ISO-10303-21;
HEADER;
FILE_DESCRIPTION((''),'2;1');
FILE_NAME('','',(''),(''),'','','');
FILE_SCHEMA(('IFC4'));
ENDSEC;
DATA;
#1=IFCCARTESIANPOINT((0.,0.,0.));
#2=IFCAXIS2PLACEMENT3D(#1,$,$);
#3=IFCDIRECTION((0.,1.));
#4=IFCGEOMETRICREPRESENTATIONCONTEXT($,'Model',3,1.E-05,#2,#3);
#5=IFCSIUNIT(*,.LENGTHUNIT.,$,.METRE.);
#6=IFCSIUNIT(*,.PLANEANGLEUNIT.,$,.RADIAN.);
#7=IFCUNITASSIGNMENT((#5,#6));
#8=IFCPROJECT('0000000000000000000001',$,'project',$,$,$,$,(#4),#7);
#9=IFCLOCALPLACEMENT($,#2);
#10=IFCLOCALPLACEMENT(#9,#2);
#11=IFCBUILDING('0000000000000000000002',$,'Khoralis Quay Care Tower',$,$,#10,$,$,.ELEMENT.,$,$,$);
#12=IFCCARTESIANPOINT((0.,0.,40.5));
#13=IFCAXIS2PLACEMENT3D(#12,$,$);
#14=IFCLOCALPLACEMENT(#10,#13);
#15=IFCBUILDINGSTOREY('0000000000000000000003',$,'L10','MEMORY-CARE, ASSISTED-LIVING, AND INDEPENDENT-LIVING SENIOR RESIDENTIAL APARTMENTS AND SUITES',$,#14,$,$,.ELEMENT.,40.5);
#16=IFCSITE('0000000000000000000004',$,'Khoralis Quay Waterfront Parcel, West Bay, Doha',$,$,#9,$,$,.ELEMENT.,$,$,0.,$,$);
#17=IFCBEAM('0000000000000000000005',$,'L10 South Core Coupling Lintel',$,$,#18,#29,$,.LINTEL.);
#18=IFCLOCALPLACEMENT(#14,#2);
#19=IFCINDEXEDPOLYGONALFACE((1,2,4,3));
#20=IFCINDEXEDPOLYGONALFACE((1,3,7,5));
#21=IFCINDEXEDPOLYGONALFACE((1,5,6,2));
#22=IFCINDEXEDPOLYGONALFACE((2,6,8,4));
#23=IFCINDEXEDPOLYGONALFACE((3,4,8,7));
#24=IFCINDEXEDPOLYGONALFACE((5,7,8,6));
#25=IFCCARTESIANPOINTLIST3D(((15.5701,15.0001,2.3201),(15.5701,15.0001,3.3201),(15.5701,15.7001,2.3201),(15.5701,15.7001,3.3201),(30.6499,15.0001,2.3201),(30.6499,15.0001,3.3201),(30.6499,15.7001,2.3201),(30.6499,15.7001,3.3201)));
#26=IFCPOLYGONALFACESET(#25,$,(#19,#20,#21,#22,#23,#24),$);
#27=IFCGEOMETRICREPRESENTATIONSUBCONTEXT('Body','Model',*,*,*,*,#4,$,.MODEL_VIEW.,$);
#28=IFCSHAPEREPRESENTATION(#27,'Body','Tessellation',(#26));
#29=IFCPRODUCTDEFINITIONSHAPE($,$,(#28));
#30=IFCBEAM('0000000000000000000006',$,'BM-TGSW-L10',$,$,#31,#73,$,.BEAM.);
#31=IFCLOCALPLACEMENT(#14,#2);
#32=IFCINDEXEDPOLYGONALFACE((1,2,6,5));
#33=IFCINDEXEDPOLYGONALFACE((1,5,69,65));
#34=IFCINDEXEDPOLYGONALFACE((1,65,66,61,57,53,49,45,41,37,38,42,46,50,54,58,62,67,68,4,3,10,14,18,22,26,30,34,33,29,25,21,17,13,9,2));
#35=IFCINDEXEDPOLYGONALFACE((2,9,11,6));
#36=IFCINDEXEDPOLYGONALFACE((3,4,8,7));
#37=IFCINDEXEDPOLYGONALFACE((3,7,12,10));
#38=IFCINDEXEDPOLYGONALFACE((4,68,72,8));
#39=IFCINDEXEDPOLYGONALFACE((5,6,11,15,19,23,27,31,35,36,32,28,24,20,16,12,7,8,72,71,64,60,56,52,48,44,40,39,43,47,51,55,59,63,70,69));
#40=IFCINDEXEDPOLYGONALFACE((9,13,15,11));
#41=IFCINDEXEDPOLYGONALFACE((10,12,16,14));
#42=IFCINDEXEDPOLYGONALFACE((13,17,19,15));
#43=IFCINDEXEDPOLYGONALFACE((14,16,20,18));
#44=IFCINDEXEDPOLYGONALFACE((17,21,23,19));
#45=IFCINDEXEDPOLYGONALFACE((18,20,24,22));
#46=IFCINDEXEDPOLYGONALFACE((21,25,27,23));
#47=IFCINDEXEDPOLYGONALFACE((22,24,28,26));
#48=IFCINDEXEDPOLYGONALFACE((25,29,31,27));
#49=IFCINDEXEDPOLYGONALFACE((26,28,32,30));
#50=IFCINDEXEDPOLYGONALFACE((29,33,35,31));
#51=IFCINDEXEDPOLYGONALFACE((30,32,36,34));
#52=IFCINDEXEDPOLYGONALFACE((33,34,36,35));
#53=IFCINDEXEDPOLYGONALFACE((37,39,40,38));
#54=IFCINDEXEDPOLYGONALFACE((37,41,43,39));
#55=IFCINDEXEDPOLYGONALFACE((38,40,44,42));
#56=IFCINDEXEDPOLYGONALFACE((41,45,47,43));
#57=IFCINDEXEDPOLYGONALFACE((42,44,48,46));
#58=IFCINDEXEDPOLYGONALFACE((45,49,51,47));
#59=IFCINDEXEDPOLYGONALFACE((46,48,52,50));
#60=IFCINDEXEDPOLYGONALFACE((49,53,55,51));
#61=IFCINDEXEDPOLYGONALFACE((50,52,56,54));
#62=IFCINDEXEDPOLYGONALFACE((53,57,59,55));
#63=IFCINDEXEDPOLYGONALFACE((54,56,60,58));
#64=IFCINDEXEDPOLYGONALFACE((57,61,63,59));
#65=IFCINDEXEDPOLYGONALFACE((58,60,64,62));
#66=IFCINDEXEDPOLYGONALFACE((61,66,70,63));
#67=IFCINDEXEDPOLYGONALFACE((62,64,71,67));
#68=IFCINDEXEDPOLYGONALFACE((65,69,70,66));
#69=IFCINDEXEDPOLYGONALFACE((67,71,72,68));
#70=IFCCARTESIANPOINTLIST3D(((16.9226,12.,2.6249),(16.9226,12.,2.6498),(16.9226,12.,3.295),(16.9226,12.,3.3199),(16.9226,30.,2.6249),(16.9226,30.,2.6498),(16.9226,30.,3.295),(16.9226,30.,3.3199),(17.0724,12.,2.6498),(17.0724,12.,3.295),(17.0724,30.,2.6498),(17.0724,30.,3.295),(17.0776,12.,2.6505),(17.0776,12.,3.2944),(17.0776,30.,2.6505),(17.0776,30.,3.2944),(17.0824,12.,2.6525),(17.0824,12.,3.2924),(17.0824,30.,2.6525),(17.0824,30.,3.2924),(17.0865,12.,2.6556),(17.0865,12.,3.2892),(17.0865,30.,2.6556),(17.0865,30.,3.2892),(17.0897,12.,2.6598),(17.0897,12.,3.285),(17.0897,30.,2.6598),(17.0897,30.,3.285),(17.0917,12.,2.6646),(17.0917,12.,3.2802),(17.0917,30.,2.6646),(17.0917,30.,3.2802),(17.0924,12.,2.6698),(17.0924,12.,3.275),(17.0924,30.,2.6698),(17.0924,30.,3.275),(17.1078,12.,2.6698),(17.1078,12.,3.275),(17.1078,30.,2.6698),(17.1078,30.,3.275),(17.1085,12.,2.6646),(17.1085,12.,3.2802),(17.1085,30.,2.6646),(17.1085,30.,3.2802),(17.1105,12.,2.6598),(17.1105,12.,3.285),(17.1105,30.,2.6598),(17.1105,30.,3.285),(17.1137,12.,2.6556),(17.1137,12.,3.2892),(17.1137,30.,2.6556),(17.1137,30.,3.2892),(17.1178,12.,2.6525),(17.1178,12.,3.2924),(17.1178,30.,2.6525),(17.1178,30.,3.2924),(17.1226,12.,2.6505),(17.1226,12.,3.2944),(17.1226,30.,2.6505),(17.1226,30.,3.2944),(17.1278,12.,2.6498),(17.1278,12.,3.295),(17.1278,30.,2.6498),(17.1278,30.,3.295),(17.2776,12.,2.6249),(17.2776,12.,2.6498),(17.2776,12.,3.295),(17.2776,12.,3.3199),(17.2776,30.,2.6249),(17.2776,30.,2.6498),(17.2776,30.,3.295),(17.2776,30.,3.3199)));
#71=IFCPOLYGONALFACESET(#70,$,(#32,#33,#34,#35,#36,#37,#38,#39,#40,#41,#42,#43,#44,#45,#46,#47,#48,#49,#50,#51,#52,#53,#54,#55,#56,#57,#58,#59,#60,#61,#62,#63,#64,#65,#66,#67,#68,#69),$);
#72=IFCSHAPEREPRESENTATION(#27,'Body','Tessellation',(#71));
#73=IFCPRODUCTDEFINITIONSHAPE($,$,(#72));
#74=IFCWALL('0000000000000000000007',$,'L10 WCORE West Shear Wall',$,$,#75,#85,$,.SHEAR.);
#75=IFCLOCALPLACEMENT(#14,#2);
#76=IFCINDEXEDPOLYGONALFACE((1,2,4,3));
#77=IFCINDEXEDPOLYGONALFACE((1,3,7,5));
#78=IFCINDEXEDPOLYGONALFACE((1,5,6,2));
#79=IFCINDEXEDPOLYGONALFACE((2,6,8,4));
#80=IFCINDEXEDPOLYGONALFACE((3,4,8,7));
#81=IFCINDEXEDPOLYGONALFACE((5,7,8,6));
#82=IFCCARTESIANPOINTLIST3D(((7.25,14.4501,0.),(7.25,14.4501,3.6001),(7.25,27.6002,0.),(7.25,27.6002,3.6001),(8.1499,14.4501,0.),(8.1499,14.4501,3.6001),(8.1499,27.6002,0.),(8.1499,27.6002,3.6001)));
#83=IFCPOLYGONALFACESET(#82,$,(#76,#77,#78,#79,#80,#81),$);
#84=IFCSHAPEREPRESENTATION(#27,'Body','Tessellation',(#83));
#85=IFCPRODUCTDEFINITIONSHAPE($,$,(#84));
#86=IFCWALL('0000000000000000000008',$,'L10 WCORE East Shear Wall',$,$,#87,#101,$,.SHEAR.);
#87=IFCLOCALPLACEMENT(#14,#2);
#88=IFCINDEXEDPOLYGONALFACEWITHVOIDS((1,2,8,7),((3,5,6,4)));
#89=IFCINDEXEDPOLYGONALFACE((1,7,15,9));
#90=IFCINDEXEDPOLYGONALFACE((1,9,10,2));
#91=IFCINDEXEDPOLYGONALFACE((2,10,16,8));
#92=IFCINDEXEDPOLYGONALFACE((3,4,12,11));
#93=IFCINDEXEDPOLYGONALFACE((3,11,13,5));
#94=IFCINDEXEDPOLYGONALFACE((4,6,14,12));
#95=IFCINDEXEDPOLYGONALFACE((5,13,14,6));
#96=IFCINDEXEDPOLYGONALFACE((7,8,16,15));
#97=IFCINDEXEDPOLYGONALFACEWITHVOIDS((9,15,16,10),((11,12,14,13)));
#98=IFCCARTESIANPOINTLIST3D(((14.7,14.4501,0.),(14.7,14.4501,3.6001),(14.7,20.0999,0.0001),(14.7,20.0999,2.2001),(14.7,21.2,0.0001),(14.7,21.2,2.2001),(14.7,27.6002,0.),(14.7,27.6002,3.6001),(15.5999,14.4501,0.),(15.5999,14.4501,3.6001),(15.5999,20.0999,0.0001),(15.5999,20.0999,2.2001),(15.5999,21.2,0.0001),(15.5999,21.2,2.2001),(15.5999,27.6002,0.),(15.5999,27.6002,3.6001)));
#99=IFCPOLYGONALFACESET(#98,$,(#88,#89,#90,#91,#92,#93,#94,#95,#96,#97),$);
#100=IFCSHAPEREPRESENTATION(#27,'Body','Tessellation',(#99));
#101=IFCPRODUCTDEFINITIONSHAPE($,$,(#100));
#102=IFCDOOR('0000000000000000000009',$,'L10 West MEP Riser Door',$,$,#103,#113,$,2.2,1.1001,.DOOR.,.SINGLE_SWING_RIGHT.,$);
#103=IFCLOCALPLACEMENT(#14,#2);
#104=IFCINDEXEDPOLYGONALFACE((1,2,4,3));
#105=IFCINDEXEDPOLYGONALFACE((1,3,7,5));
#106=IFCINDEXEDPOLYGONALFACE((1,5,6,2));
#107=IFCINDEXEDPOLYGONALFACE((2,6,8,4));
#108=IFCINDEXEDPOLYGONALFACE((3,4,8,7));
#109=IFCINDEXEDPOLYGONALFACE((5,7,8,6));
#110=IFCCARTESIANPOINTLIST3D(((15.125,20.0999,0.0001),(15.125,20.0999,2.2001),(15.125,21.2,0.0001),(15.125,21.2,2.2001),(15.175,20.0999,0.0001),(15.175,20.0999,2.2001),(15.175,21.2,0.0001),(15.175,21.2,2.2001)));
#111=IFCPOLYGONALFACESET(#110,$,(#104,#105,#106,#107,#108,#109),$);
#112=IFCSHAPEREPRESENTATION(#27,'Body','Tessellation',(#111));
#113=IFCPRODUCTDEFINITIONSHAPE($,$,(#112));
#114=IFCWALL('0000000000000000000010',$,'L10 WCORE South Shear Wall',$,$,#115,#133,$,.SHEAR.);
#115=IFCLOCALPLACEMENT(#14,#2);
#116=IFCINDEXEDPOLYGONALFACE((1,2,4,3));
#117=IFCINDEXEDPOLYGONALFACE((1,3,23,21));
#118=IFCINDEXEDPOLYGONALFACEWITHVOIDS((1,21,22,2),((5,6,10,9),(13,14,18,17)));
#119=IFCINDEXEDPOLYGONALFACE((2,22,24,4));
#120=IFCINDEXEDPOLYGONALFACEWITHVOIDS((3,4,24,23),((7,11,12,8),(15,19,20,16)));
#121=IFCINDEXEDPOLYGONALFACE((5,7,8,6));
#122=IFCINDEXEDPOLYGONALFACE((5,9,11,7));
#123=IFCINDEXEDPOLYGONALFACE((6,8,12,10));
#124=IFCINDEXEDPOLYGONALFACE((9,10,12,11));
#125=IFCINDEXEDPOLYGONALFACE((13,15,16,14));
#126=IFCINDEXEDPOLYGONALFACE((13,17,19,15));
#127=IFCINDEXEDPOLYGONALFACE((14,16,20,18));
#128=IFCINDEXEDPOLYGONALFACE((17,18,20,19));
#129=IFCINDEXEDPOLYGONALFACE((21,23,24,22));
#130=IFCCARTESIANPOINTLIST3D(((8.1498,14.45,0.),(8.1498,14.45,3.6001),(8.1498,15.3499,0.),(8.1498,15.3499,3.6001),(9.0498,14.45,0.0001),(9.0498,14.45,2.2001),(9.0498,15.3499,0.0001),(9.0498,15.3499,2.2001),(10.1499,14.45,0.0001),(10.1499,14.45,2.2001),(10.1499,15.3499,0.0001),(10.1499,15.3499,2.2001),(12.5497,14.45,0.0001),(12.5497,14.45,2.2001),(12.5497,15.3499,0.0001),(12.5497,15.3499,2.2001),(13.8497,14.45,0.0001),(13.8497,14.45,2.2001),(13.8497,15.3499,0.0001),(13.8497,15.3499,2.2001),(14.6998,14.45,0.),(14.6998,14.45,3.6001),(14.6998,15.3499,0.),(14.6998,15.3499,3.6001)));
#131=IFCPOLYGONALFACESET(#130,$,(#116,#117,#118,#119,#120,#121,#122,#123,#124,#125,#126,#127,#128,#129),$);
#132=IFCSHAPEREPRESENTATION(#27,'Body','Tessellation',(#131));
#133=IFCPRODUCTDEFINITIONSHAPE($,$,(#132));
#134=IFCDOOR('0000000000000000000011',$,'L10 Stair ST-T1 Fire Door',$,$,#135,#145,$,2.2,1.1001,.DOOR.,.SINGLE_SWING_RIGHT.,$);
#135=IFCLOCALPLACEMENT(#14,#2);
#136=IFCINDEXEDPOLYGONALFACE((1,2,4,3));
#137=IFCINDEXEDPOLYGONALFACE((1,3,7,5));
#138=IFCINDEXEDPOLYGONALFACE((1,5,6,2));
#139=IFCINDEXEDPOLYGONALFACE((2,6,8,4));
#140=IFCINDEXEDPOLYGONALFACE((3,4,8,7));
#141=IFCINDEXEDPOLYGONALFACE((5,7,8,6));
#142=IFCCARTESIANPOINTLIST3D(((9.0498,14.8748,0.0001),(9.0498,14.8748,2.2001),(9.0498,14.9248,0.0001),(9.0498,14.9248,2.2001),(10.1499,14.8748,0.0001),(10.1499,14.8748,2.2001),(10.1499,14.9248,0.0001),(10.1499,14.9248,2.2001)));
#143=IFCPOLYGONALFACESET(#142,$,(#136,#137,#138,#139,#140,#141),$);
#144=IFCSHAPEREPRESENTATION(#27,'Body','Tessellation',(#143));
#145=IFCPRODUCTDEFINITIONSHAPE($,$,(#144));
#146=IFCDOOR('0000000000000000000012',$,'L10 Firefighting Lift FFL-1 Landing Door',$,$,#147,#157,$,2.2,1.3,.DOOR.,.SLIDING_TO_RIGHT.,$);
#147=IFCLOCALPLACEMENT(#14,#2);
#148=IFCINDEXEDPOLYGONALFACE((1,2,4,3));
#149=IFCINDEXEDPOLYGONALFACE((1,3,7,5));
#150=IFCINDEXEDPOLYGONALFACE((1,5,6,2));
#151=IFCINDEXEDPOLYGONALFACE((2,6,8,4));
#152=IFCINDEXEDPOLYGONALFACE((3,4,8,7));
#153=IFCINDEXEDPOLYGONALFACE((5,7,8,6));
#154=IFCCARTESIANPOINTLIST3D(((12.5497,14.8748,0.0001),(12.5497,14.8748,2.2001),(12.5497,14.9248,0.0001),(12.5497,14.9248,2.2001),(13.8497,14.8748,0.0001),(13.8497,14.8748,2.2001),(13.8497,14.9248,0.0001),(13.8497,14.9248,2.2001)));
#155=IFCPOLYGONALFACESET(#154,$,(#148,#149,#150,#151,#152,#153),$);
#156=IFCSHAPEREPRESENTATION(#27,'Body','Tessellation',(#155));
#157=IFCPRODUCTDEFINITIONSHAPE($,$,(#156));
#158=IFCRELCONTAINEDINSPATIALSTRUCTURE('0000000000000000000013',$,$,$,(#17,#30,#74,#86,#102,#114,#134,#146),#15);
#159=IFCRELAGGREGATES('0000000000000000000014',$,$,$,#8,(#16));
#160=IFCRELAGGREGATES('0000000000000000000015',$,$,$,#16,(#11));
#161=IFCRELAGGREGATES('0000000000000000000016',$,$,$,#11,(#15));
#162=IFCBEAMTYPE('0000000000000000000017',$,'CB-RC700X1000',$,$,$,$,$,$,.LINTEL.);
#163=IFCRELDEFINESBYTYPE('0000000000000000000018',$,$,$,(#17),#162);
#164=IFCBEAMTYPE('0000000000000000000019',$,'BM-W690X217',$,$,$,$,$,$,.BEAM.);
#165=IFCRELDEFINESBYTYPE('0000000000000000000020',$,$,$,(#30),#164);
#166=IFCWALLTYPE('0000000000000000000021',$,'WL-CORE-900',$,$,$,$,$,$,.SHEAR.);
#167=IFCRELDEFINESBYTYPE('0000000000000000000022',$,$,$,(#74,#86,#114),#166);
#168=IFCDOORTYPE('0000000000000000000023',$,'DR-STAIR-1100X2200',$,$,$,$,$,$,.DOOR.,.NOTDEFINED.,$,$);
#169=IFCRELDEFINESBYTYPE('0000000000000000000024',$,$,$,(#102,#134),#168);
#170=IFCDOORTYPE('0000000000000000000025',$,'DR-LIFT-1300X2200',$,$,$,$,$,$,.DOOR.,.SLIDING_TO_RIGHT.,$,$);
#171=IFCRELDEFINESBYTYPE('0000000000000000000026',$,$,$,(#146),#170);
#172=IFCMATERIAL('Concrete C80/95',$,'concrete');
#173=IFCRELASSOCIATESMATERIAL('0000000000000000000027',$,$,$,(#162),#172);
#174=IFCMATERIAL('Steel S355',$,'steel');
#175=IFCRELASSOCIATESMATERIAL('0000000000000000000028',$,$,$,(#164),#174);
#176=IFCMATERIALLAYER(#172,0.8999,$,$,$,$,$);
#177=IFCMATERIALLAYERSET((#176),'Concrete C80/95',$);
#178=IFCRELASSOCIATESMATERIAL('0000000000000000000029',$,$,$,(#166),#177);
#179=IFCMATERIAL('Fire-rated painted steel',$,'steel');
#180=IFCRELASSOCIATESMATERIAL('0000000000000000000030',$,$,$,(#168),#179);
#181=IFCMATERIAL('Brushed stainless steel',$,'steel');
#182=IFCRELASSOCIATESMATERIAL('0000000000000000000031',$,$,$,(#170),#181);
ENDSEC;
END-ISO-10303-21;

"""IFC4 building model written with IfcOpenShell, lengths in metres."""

from ifc_helpers import new_model, si_unit, direction, frame, frame_2d, origin, origin_2d, place, context, subcontext, project, spatial, rectangle, i_section, extrude, source, transform, mapped, material, layer, layer_set, material_profile, profile_set, type_object, element, fill, save


model = new_model("IFC4")

# Units and contexts
model_context = context("Model", 3, precision=1e-05, world=origin(), true_north=direction((0.0, 1.0)))
body_context = subcontext(model_context, "Body", "Model", "MODEL_VIEW")
ifc_project = project(units=[si_unit("LENGTHUNIT", "METRE"), si_unit("PLANEANGLEUNIT", "RADIAN")], contexts=[model_context])

# Site, building, storey
site_placement = place(None, origin())
site = spatial("IfcSite", under=ifc_project, at=site_placement, Name="Khoralis Quay Waterfront Parcel, West Bay, Doha", CompositionType="ELEMENT", RefElevation=0.0)
building_placement = place(site_placement, origin())
building = spatial("IfcBuilding", under=site, at=building_placement, Name="Khoralis Quay Care Tower", CompositionType="ELEMENT")
storey_placement = place(building_placement, frame((0.0, 0.0, 40.5)))
storey = spatial("IfcBuildingStorey", under=building, at=storey_placement, Name="L10", Description="MEMORY-CARE, ASSISTED-LIVING, AND INDEPENDENT-LIVING SENIOR RESIDENTIAL APARTMENTS AND SUITES", CompositionType="ELEMENT", Elevation=40.5)

# Beams
ifc_material_1 = material(Name="Concrete C80/95", Category="concrete")
ifc_material_profile_1 = material_profile(ifc_material_1, rectangle(XDim=0.7, YDim=1.0, at=origin_2d()), Name="Concrete C80/95")
ifc_profile_set_1 = profile_set([ifc_material_profile_1], Name="Concrete C80/95")
beam_type_1 = type_object("IfcBeamType", Name="CB-RC700X1000", PredefinedType="LINTEL", material=ifc_profile_set_1)
shared_shape_1 = source(origin(), body_context, "Body", "SweptSolid", [
    extrude(rectangle(XDim=0.7, YDim=1.0, at=origin_2d()), origin(), (0.0, 0.0, 1.0), 15.0798),
])
beam_1_placement = place(storey_placement, frame((15.5701, 15.3501, 2.8201), z_axis=(1.0, 0.0, 0.0), x_axis=(0.0, 1.0, 0.0)))
element("IfcBeam", 1, at=beam_1_placement, inside=storey, type_object=beam_type_1, Name="L10 South Core Coupling Lintel", PredefinedType="LINTEL", context=body_context, shape_type="MappedRepresentation", body=[
    mapped(shared_shape_1, transform((0.0, 0.0, 0.0), scale=1.0)),
])
ifc_material_2 = material(Name="Steel S355", Category="steel")
ifc_material_profile_2 = material_profile(ifc_material_2, i_section(OverallWidth=0.355, OverallDepth=0.6951, WebThickness=0.0154, FlangeThickness=0.0249, FilletRadius=0.02, at=origin_2d()), Name="Steel S355")
ifc_profile_set_2 = profile_set([ifc_material_profile_2], Name="Steel S355")
beam_type_2 = type_object("IfcBeamType", Name="BM-W690X217", PredefinedType="BEAM", material=ifc_profile_set_2)
shared_shape_2 = source(origin(), body_context, "Body", "SweptSolid", [
    extrude(i_section(OverallWidth=0.355, OverallDepth=0.6951, WebThickness=0.0154, FlangeThickness=0.0249, FilletRadius=0.02, at=origin_2d()), origin(), (0.0, 0.0, 1.0), 18.0),
])
beam_2_placement = place(storey_placement, frame((17.1001, 12.0, 2.9724), z_axis=(0.0, 1.0, 0.0), x_axis=(-1.0, 0.0, 0.0)))
element("IfcBeam", 2, at=beam_2_placement, inside=storey, type_object=beam_type_2, Name="BM-TGSW-L10", PredefinedType="BEAM", context=body_context, shape_type="MappedRepresentation", body=[
    mapped(shared_shape_2, transform((0.0, 0.0, 0.0), scale=1.0)),
])

# Wall
ifc_layer_1 = layer(ifc_material_1, 0.8999)
ifc_layer_set_1 = layer_set([ifc_layer_1], Name="Concrete C80/95")
wall_type_1 = type_object("IfcWallType", Name="WL-CORE-900", PredefinedType="SHEAR", material=ifc_layer_set_1)
wall_1_placement = place(storey_placement, frame((7.7, 14.45, 0.0), z_axis=(0.0, 0.0, 1.0), x_axis=(0.0, 1.0, 0.0)))
element("IfcWall", 3, at=wall_1_placement, inside=storey, type_object=wall_type_1, Name="L10 WCORE West Shear Wall", PredefinedType="SHEAR", context=body_context, shape_type="SweptSolid", body=[
    extrude(rectangle(XDim=13.1501, YDim=0.8999, at=frame_2d((6.5752, 0.0))), origin(), (0.0, 0.0, 1.0), 3.6001),
])

# Wall, opening, door
wall_2_placement = place(storey_placement, frame((15.1499, 14.45, 0.0), z_axis=(0.0, 0.0, 1.0), x_axis=(0.0, 1.0, 0.0)))
wall_2 = element("IfcWall", 4, at=wall_2_placement, inside=storey, type_object=wall_type_1, Name="L10 WCORE East Shear Wall", PredefinedType="SHEAR", context=body_context, shape_type="SweptSolid", body=[
    extrude(rectangle(XDim=13.1501, YDim=0.8999, at=frame_2d((6.5752, 0.0))), origin(), (0.0, 0.0, 1.0), 3.6001),
])
opening_1_placement = place(wall_2_placement, frame((5.6499, 0.0, 0.0)))
opening_1 = element("IfcOpeningElement", 5, at=opening_1_placement, cuts=wall_2, PredefinedType="OPENING", context=body_context, shape_type="SweptSolid", body=[
    extrude(rectangle(XDim=1.1001, YDim=2.2, at=frame_2d((0.55, 1.1001))), frame((0.0, 0.46, 0.0), z_axis=(0.0, -1.0, 0.0), x_axis=(1.0, 0.0, 0.0)), (0.0, 0.0, 1.0), 0.9199),
])
ifc_material_3 = material(Name="Fire-rated painted steel", Category="steel")
door_type_1 = type_object("IfcDoorType", Name="DR-STAIR-1100X2200", OperationType="NOTDEFINED", PredefinedType="DOOR", material=ifc_material_3)
shared_shape_3 = source(origin(), body_context, "Body", "SweptSolid", [
    extrude(rectangle(XDim=1.1001, YDim=2.2, at=frame_2d((0.55, 1.1001))), frame((0.0, 0.0249, 0.0), z_axis=(0.0, -1.0, 0.0), x_axis=(1.0, 0.0, 0.0)), (0.0, 0.0, 1.0), 0.05),
])
door_1_placement = place(opening_1_placement, origin())
door_1 = element("IfcDoor", 6, at=door_1_placement, inside=storey, type_object=door_type_1, Name="L10 West MEP Riser Door", OperationType="SINGLE_SWING_RIGHT", OverallHeight=2.2, OverallWidth=1.1001, PredefinedType="DOOR", context=body_context, shape_type="MappedRepresentation", body=[
    mapped(shared_shape_3, transform((0.0, 0.0, 0.0), scale=1.0)),
])
fill(opening_1, door_1)

# Wall, openings, doors
wall_3_placement = place(storey_placement, frame((8.1499, 14.8999, 0.0), z_axis=(0.0, 0.0, 1.0), x_axis=(1.0, 0.0, 0.0)))
wall_3 = element("IfcWall", 7, at=wall_3_placement, inside=storey, type_object=wall_type_1, Name="L10 WCORE South Shear Wall", PredefinedType="SHEAR", context=body_context, shape_type="SweptSolid", body=[
    extrude(rectangle(XDim=6.55, YDim=0.8999, at=frame_2d((3.2749, 0.0))), origin(), (0.0, 0.0, 1.0), 3.6001),
])
opening_2_placement = place(wall_3_placement, frame((0.8999, 0.0, 0.0)))
opening_2 = element("IfcOpeningElement", 8, at=opening_2_placement, cuts=wall_3, PredefinedType="OPENING", context=body_context, shape_type="SweptSolid", body=[
    extrude(rectangle(XDim=1.1001, YDim=2.2, at=frame_2d((0.55, 1.1001))), frame((0.0, 0.46, 0.0), z_axis=(0.0, -1.0, 0.0), x_axis=(1.0, 0.0, 0.0)), (0.0, 0.0, 1.0), 0.9199),
])
opening_3_placement = place(wall_3_placement, frame((4.3999, 0.0, 0.0)))
opening_3 = element("IfcOpeningElement", 9, at=opening_3_placement, cuts=wall_3, PredefinedType="OPENING", context=body_context, shape_type="SweptSolid", body=[
    extrude(rectangle(XDim=1.3, YDim=2.2, at=frame_2d((0.6499, 1.1001))), frame((0.0, 0.46, 0.0), z_axis=(0.0, -1.0, 0.0), x_axis=(1.0, 0.0, 0.0)), (0.0, 0.0, 1.0), 0.9199),
])
door_2_placement = place(opening_2_placement, origin())
door_2 = element("IfcDoor", 10, at=door_2_placement, inside=storey, type_object=door_type_1, Name="L10 Stair ST-T1 Fire Door", OperationType="SINGLE_SWING_RIGHT", OverallHeight=2.2, OverallWidth=1.1001, PredefinedType="DOOR", context=body_context, shape_type="MappedRepresentation", body=[
    mapped(shared_shape_3, transform((0.0, 0.0, 0.0), scale=1.0)),
])
fill(opening_2, door_2)
ifc_material_4 = material(Name="Brushed stainless steel", Category="steel")
door_type_2 = type_object("IfcDoorType", Name="DR-LIFT-1300X2200", OperationType="SLIDING_TO_RIGHT", PredefinedType="DOOR", material=ifc_material_4)
shared_shape_4 = source(origin(), body_context, "Body", "SweptSolid", [
    extrude(rectangle(XDim=1.3, YDim=2.2, at=frame_2d((0.6499, 1.1001))), frame((0.0, 0.0249, 0.0), z_axis=(0.0, -1.0, 0.0), x_axis=(1.0, 0.0, 0.0)), (0.0, 0.0, 1.0), 0.05),
])
door_3_placement = place(opening_3_placement, origin())
door_3 = element("IfcDoor", 11, at=door_3_placement, inside=storey, type_object=door_type_2, Name="L10 Firefighting Lift FFL-1 Landing Door", OperationType="SLIDING_TO_RIGHT", OverallHeight=2.2, OverallWidth=1.3, PredefinedType="DOOR", context=body_context, shape_type="MappedRepresentation", body=[
    mapped(shared_shape_4, transform((0.0, 0.0, 0.0), scale=1.0)),
])
fill(opening_3, door_3)

save(model, "model.ifc")
